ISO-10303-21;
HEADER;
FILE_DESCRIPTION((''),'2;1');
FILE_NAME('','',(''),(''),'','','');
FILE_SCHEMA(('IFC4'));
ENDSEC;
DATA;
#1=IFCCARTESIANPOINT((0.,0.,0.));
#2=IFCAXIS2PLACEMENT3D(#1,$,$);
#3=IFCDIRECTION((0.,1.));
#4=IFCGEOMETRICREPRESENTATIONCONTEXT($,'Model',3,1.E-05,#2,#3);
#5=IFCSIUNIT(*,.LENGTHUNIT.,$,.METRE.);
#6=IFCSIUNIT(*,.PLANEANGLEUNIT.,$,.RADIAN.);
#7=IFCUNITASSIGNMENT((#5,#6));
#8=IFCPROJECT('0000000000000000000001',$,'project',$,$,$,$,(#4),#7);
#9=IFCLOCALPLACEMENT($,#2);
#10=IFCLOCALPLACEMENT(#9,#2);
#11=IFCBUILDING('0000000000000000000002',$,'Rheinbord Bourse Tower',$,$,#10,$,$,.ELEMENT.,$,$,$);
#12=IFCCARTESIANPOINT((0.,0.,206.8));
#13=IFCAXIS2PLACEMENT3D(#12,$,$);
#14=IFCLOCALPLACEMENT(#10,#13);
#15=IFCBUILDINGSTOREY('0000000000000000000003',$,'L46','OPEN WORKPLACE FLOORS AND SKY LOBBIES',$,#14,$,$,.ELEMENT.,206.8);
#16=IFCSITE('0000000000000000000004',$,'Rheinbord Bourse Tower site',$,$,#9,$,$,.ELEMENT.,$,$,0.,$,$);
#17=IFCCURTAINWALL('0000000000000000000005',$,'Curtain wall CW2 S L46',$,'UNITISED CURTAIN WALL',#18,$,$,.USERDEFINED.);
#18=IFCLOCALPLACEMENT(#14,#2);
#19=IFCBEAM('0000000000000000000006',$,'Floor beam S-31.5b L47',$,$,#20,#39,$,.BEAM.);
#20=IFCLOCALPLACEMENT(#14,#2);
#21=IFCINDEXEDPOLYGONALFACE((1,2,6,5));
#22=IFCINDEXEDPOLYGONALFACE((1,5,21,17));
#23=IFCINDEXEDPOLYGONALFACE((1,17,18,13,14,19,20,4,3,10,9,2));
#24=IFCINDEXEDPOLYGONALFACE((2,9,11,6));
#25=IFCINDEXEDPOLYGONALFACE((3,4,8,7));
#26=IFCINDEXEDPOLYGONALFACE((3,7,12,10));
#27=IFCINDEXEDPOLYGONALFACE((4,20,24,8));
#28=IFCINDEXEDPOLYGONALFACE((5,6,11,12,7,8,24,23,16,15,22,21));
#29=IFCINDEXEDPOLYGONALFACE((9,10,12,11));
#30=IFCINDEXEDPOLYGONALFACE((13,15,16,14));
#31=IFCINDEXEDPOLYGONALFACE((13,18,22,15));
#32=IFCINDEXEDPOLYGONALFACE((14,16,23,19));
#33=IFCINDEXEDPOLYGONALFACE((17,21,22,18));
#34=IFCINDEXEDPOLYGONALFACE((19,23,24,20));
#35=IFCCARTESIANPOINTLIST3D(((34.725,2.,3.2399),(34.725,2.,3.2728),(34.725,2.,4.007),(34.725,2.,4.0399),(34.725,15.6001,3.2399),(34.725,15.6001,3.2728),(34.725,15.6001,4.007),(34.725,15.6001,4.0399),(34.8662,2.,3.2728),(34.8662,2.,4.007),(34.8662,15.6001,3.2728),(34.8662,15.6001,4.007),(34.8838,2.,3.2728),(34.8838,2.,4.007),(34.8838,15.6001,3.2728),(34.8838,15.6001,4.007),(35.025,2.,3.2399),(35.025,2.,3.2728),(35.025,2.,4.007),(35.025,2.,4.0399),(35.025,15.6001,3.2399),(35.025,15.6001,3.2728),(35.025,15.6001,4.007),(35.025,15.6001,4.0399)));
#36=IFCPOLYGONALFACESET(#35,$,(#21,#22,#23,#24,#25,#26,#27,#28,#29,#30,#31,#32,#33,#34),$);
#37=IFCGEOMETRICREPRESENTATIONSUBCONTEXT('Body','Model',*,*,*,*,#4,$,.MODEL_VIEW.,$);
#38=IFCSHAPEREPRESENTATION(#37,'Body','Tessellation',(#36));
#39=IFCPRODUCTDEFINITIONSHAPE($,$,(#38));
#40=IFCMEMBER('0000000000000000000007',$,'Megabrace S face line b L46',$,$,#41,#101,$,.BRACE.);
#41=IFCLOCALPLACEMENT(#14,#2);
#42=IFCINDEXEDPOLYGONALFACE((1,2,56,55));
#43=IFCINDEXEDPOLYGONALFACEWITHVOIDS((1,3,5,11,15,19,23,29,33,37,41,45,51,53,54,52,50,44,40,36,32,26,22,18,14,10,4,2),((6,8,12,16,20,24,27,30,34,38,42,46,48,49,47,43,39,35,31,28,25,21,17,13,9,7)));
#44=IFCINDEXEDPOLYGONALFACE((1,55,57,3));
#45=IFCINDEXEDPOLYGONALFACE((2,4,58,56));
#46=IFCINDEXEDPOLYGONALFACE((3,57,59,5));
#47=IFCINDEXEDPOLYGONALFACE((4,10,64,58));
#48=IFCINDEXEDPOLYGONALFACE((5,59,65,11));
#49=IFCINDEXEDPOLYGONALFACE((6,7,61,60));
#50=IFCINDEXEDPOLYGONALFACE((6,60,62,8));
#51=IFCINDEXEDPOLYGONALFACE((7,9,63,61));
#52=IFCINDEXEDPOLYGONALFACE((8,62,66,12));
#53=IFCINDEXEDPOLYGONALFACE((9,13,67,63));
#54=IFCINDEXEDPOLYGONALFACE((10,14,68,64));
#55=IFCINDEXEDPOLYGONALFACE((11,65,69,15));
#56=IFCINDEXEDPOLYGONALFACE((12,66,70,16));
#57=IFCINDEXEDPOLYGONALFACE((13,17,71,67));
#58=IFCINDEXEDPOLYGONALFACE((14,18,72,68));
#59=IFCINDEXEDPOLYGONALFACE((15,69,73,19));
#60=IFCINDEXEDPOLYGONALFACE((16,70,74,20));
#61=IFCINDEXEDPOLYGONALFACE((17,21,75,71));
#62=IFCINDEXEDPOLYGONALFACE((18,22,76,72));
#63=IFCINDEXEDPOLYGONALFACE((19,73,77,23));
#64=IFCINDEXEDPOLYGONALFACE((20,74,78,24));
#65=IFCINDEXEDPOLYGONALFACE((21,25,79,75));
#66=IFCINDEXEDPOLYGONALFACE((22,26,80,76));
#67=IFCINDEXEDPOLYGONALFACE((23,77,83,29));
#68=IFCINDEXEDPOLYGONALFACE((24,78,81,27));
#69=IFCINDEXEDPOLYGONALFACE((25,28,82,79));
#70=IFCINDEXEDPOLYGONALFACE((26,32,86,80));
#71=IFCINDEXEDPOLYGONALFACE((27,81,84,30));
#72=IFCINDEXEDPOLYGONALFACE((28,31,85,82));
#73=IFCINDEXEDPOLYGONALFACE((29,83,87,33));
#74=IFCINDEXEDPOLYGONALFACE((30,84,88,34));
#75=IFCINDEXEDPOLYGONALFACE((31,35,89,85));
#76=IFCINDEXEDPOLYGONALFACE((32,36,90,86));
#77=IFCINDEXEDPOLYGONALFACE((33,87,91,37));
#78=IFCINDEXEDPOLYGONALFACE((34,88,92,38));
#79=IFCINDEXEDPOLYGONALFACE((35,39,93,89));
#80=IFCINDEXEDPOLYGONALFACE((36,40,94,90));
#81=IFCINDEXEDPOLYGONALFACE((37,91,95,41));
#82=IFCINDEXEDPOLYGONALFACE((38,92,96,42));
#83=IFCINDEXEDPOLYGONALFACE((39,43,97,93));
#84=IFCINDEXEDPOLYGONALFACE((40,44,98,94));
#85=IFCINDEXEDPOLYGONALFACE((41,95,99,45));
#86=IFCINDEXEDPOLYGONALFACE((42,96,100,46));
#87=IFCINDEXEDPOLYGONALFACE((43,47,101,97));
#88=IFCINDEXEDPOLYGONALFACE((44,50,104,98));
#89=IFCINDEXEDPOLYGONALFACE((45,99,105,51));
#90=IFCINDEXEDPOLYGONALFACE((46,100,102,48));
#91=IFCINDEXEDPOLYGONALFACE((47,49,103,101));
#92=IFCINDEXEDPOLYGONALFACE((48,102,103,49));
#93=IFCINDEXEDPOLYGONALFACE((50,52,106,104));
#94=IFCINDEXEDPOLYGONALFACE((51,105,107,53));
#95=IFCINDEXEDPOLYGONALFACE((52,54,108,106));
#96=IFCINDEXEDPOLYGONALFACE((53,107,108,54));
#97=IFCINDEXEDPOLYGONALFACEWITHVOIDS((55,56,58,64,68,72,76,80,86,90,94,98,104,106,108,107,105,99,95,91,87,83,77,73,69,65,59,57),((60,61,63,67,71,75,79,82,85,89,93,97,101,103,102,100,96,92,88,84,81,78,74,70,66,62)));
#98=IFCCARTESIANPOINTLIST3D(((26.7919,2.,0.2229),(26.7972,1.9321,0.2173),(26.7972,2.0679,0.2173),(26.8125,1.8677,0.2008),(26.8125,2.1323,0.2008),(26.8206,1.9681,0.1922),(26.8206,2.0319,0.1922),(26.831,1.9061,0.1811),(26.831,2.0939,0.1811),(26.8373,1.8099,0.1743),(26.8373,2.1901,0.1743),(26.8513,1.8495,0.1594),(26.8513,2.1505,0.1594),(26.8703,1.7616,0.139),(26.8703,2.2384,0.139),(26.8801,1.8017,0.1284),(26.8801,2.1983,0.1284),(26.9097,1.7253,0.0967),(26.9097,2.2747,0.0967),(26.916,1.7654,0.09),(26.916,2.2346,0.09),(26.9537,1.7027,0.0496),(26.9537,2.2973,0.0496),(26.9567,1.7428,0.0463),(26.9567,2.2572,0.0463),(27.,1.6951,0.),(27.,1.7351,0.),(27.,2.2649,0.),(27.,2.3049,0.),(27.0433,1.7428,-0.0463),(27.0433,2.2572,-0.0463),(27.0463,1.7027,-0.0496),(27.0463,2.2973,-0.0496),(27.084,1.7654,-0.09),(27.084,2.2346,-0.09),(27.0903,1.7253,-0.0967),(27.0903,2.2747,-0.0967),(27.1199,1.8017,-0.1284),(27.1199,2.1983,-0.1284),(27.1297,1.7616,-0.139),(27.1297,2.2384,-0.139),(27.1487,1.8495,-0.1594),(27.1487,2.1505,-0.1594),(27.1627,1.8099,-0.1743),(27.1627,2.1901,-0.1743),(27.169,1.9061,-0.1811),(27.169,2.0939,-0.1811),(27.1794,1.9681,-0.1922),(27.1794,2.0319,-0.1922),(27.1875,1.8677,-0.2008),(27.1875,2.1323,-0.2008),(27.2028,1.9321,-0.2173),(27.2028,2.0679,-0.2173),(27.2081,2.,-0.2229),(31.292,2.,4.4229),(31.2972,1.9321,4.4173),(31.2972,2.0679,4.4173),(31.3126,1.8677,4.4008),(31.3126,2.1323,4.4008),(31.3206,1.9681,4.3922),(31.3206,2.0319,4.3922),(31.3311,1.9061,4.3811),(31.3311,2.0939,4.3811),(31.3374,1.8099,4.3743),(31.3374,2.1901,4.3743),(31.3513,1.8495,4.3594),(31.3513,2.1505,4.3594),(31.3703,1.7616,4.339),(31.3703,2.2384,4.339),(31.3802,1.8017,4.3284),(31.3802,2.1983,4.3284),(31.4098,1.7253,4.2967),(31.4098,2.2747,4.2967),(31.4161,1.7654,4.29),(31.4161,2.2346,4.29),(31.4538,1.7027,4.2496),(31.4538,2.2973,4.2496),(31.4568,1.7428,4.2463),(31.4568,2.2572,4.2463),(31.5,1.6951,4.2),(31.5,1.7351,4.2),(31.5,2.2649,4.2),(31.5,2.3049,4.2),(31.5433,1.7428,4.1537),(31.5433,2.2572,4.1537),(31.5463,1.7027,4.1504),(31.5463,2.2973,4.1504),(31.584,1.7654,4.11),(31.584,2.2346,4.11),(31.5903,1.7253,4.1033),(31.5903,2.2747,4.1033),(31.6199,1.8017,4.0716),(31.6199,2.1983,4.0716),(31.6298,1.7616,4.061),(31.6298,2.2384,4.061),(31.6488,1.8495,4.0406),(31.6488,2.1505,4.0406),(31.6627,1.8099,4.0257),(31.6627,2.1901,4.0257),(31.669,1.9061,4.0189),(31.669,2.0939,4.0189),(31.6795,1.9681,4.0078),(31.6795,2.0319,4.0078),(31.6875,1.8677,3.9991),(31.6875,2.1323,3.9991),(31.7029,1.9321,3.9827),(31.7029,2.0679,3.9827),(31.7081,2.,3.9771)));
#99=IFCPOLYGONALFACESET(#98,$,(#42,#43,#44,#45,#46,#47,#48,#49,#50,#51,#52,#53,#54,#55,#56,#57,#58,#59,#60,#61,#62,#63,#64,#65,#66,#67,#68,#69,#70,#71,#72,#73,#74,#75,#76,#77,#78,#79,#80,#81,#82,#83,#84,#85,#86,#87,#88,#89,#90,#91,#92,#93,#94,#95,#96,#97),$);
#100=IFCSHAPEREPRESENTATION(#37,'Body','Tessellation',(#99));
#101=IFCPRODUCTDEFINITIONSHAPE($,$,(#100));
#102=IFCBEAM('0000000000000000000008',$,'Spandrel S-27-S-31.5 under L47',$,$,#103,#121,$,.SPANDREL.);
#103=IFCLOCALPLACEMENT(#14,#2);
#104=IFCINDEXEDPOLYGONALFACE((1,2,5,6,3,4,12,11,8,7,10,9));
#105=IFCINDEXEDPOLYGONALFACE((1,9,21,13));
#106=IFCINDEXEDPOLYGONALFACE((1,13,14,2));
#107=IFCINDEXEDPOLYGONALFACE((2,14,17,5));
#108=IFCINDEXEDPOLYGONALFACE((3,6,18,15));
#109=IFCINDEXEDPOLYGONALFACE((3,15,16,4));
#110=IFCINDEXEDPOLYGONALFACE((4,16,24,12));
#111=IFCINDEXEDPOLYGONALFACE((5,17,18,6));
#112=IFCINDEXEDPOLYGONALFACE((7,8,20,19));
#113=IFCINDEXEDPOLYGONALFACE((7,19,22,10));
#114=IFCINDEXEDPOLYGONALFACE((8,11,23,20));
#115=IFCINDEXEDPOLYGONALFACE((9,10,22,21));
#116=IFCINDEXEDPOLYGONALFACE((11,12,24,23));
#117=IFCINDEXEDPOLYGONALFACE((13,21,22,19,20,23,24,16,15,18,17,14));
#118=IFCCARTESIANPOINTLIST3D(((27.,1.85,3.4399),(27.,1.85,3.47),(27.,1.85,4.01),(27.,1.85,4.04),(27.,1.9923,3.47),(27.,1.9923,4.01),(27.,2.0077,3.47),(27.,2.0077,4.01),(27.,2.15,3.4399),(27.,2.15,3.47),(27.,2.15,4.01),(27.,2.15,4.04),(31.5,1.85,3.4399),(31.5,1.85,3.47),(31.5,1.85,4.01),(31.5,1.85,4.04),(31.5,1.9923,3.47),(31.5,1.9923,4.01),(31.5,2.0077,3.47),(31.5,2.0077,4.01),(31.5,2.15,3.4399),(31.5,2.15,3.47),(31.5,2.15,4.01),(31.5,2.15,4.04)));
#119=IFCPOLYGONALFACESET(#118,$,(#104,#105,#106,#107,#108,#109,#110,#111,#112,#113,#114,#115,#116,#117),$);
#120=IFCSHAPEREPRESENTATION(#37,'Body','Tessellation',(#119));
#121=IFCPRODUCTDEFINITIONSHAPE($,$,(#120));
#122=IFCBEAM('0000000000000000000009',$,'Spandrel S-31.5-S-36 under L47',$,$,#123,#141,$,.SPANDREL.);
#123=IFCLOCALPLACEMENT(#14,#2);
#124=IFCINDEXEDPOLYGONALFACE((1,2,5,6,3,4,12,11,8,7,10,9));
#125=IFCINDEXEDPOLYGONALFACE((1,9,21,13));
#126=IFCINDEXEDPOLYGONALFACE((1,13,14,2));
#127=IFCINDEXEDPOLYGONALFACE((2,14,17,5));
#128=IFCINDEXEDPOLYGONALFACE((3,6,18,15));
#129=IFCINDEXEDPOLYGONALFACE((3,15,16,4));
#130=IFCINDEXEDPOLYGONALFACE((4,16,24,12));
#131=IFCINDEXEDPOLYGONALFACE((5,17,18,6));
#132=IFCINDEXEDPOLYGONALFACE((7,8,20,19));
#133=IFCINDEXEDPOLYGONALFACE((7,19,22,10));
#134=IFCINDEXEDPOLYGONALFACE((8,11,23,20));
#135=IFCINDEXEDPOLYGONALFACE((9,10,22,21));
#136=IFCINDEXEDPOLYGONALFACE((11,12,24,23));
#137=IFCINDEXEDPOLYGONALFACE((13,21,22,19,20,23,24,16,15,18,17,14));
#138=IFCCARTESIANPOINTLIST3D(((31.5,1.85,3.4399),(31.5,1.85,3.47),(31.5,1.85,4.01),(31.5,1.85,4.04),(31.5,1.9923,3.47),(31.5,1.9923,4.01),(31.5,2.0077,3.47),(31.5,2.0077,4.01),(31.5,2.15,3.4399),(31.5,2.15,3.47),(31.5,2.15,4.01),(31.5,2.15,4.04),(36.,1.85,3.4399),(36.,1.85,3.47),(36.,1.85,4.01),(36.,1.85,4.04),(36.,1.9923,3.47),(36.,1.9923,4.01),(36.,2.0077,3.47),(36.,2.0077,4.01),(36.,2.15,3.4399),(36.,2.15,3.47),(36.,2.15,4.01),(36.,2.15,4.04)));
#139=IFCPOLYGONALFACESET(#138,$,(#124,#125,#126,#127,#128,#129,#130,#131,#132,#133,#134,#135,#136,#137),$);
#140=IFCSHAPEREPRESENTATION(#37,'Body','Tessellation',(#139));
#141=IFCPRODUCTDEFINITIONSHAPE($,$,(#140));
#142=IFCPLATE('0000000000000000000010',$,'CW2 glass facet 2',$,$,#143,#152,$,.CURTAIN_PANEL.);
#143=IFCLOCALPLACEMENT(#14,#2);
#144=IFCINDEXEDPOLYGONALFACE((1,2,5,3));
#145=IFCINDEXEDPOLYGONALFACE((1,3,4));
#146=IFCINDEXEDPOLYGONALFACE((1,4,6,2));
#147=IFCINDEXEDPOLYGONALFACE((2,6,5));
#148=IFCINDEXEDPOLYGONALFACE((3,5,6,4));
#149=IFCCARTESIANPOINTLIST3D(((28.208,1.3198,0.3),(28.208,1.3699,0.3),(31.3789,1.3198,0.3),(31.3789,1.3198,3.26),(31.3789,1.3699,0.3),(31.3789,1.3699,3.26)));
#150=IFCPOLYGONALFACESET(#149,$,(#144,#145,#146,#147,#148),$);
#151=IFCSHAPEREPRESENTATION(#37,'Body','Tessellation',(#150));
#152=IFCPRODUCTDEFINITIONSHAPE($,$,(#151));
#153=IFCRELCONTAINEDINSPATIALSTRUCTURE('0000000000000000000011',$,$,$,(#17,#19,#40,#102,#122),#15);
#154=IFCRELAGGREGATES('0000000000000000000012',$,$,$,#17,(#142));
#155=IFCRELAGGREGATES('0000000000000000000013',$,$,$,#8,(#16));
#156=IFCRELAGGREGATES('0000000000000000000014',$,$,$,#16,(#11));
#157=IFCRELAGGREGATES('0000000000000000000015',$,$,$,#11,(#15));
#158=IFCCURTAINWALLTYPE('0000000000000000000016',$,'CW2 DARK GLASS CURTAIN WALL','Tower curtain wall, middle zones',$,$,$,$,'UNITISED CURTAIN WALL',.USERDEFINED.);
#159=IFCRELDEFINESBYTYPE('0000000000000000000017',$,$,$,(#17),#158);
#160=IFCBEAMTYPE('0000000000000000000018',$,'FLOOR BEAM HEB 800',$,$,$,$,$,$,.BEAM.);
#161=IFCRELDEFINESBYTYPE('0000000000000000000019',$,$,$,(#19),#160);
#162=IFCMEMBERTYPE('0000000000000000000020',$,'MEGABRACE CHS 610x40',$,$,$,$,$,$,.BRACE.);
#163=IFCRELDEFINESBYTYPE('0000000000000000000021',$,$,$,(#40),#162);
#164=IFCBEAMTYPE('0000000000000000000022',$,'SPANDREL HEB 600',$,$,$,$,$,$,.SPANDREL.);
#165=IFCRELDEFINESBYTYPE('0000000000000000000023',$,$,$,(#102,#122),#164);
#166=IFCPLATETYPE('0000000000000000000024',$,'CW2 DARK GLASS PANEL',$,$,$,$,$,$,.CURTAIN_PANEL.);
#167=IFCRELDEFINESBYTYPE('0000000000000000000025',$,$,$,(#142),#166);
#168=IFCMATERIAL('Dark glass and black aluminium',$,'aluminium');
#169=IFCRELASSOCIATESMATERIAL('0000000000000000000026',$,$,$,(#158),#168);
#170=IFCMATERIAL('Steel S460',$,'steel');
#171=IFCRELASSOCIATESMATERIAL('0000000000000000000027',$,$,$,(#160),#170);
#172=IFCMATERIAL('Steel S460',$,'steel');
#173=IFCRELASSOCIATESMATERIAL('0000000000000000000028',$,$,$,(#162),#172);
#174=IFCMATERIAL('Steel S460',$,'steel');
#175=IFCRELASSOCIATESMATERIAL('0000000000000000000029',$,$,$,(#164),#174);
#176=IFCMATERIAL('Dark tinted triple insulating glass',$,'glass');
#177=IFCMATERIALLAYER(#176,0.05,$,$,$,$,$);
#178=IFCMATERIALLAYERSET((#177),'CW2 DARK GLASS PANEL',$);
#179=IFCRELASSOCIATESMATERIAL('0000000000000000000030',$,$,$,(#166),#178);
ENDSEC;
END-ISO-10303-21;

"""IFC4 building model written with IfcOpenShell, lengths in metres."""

from ifc_helpers import new_model, si_unit, direction, frame, origin, origin_2d, place, context, subcontext, project, spatial, polyline, hollow_circle, i_section, outline, extrude, material, layer, layer_set, material_profile, profile_set, type_object, element, aggregate, save


model = new_model("IFC4")

# Units and contexts
model_context = context("Model", 3, precision=1e-05, world=origin(), true_north=direction((0.0, 1.0)))
body_context = subcontext(model_context, "Body", "Model", "MODEL_VIEW")
ifc_project = project(units=[si_unit("LENGTHUNIT", "METRE"), si_unit("PLANEANGLEUNIT", "RADIAN")], contexts=[model_context])

# Site, building, storey
site_placement = place(None, origin())
site = spatial("IfcSite", under=ifc_project, at=site_placement, Name="Rheinbord Bourse Tower site", CompositionType="ELEMENT", RefElevation=0.0)
building_placement = place(site_placement, origin())
building = spatial("IfcBuilding", under=site, at=building_placement, Name="Rheinbord Bourse Tower", CompositionType="ELEMENT")
storey_placement = place(building_placement, frame((0.0, 0.0, 206.8)))
storey = spatial("IfcBuildingStorey", under=building, at=storey_placement, Name="L46", Description="OPEN WORKPLACE FLOORS AND SKY LOBBIES", CompositionType="ELEMENT", Elevation=206.8)

# Curtain wall
ifc_material_1 = material(Name="Dark glass and black aluminium", Category="aluminium")
curtain_wall_type = type_object("IfcCurtainWallType", Name="CW2 DARK GLASS CURTAIN WALL", Description="Tower curtain wall, middle zones", ElementType="UNITISED CURTAIN WALL", PredefinedType="USERDEFINED", material=ifc_material_1)
curtain_wall_placement = place(storey_placement, origin())
curtain_wall = element("IfcCurtainWall", 1, at=curtain_wall_placement, inside=storey, type_object=curtain_wall_type, Name="Curtain wall CW2 S L46", ObjectType="UNITISED CURTAIN WALL", PredefinedType="USERDEFINED")

# Beam
ifc_material_2 = material(Name="Steel S460", Category="steel")
ifc_material_profile_1 = material_profile(ifc_material_2, i_section(OverallWidth=0.3, OverallDepth=0.8, WebThickness=0.0176, FlangeThickness=0.033, at=origin_2d()), Name="HEB 800")
ifc_profile_set_1 = profile_set([ifc_material_profile_1], Name="Steel S460")
beam_type_1 = type_object("IfcBeamType", Name="FLOOR BEAM HEB 800", PredefinedType="BEAM", material=ifc_profile_set_1)
for number, where, z_axis, x_axis, name in (
    (2, (34.875, 2.0, 3.6399), (0.0, 1.0, 0.0), (-1.0, 0.0, 0.0), "Floor beam S-31.5b L47"),
):
    element("IfcBeam", number, at=place(storey_placement, frame(where, z_axis=z_axis, x_axis=x_axis)), inside=storey, type_object=beam_type_1, Name=name, PredefinedType="BEAM", context=body_context, shape_type="SweptSolid", body=[
        extrude(i_section(OverallWidth=0.3, OverallDepth=0.8, WebThickness=0.0176, FlangeThickness=0.033, at=origin_2d()), origin(), (0.0, 0.0, 1.0), 13.6001),
    ])

# Member
ifc_material_3 = material(Name="Steel S460", Category="steel")
ifc_material_profile_2 = material_profile(ifc_material_3, hollow_circle(Radius=0.3049, WallThickness=0.04, at=origin_2d()), Name="CHS 610x40")
ifc_profile_set_2 = profile_set([ifc_material_profile_2], Name="Steel S460")
member_type_1 = type_object("IfcMemberType", Name="MEGABRACE CHS 610x40", PredefinedType="BRACE", material=ifc_profile_set_2)
member_1_placement = place(storey_placement, frame((27.0, 2.0, 0.0), z_axis=(0.731059, 0.0, 0.682314), x_axis=(0.0, 1.0, 0.0)))
element("IfcMember", 3, at=member_1_placement, inside=storey, type_object=member_type_1, Name="Megabrace S face line b L46", PredefinedType="BRACE", context=body_context, shape_type="SweptSolid", body=[
    extrude(hollow_circle(Radius=0.3049, WallThickness=0.04, at=origin_2d()), origin(), (0.0, 0.0, 1.0), 6.1555),
])

# Beams
ifc_material_4 = material(Name="Steel S460", Category="steel")
ifc_material_profile_3 = material_profile(ifc_material_4, i_section(OverallWidth=0.3, OverallDepth=0.6001, WebThickness=0.0154, FlangeThickness=0.03, at=origin_2d()), Name="HEB 600")
ifc_profile_set_3 = profile_set([ifc_material_profile_3], Name="Steel S460")
beam_type_2 = type_object("IfcBeamType", Name="SPANDREL HEB 600", PredefinedType="SPANDREL", material=ifc_profile_set_3)
for number, where, z_axis, x_axis, name in (
    (4, (27.0, 2.0, 3.74), (1.0, 0.0, 0.0), (0.0, 1.0, 0.0), "Spandrel S-27-S-31.5 under L47"),
    (5, (31.5, 2.0, 3.74), (1.0, 0.0, 0.0), (0.0, 1.0, 0.0), "Spandrel S-31.5-S-36 under L47"),
):
    element("IfcBeam", number, at=place(storey_placement, frame(where, z_axis=z_axis, x_axis=x_axis)), inside=storey, type_object=beam_type_2, Name=name, PredefinedType="SPANDREL", context=body_context, shape_type="SweptSolid", body=[
        extrude(i_section(OverallWidth=0.3, OverallDepth=0.6001, WebThickness=0.0154, FlangeThickness=0.03, at=origin_2d()), origin(), (0.0, 0.0, 1.0), 4.5),
    ])

# Plate
ifc_material_5 = material(Name="Dark tinted triple insulating glass", Category="glass")
ifc_layer = layer(ifc_material_5, 0.05)
ifc_layer_set = layer_set([ifc_layer], Name="CW2 DARK GLASS PANEL")
plate_type = type_object("IfcPlateType", Name="CW2 DARK GLASS PANEL", PredefinedType="CURTAIN_PANEL", material=ifc_layer_set)
plate_placement = place(storey_placement, frame((31.3789, 1.3198, 0.3), z_axis=(0.0, 1.0, 0.0), x_axis=(-1.0, 0.0, 0.0)))
plate = element("IfcPlate", 6, at=plate_placement, type_object=plate_type, Name="CW2 glass facet 2", PredefinedType="CURTAIN_PANEL", context=body_context, shape_type="SweptSolid", body=[
    extrude(outline(polyline([(0.0, 0.0), (3.1709, 0.0), (0.0, 2.96), (0.0, 0.0)])), origin(), (0.0, 0.0, 1.0), 0.05),
])
aggregate(curtain_wall, [plate])

save(model, "model.ifc")
